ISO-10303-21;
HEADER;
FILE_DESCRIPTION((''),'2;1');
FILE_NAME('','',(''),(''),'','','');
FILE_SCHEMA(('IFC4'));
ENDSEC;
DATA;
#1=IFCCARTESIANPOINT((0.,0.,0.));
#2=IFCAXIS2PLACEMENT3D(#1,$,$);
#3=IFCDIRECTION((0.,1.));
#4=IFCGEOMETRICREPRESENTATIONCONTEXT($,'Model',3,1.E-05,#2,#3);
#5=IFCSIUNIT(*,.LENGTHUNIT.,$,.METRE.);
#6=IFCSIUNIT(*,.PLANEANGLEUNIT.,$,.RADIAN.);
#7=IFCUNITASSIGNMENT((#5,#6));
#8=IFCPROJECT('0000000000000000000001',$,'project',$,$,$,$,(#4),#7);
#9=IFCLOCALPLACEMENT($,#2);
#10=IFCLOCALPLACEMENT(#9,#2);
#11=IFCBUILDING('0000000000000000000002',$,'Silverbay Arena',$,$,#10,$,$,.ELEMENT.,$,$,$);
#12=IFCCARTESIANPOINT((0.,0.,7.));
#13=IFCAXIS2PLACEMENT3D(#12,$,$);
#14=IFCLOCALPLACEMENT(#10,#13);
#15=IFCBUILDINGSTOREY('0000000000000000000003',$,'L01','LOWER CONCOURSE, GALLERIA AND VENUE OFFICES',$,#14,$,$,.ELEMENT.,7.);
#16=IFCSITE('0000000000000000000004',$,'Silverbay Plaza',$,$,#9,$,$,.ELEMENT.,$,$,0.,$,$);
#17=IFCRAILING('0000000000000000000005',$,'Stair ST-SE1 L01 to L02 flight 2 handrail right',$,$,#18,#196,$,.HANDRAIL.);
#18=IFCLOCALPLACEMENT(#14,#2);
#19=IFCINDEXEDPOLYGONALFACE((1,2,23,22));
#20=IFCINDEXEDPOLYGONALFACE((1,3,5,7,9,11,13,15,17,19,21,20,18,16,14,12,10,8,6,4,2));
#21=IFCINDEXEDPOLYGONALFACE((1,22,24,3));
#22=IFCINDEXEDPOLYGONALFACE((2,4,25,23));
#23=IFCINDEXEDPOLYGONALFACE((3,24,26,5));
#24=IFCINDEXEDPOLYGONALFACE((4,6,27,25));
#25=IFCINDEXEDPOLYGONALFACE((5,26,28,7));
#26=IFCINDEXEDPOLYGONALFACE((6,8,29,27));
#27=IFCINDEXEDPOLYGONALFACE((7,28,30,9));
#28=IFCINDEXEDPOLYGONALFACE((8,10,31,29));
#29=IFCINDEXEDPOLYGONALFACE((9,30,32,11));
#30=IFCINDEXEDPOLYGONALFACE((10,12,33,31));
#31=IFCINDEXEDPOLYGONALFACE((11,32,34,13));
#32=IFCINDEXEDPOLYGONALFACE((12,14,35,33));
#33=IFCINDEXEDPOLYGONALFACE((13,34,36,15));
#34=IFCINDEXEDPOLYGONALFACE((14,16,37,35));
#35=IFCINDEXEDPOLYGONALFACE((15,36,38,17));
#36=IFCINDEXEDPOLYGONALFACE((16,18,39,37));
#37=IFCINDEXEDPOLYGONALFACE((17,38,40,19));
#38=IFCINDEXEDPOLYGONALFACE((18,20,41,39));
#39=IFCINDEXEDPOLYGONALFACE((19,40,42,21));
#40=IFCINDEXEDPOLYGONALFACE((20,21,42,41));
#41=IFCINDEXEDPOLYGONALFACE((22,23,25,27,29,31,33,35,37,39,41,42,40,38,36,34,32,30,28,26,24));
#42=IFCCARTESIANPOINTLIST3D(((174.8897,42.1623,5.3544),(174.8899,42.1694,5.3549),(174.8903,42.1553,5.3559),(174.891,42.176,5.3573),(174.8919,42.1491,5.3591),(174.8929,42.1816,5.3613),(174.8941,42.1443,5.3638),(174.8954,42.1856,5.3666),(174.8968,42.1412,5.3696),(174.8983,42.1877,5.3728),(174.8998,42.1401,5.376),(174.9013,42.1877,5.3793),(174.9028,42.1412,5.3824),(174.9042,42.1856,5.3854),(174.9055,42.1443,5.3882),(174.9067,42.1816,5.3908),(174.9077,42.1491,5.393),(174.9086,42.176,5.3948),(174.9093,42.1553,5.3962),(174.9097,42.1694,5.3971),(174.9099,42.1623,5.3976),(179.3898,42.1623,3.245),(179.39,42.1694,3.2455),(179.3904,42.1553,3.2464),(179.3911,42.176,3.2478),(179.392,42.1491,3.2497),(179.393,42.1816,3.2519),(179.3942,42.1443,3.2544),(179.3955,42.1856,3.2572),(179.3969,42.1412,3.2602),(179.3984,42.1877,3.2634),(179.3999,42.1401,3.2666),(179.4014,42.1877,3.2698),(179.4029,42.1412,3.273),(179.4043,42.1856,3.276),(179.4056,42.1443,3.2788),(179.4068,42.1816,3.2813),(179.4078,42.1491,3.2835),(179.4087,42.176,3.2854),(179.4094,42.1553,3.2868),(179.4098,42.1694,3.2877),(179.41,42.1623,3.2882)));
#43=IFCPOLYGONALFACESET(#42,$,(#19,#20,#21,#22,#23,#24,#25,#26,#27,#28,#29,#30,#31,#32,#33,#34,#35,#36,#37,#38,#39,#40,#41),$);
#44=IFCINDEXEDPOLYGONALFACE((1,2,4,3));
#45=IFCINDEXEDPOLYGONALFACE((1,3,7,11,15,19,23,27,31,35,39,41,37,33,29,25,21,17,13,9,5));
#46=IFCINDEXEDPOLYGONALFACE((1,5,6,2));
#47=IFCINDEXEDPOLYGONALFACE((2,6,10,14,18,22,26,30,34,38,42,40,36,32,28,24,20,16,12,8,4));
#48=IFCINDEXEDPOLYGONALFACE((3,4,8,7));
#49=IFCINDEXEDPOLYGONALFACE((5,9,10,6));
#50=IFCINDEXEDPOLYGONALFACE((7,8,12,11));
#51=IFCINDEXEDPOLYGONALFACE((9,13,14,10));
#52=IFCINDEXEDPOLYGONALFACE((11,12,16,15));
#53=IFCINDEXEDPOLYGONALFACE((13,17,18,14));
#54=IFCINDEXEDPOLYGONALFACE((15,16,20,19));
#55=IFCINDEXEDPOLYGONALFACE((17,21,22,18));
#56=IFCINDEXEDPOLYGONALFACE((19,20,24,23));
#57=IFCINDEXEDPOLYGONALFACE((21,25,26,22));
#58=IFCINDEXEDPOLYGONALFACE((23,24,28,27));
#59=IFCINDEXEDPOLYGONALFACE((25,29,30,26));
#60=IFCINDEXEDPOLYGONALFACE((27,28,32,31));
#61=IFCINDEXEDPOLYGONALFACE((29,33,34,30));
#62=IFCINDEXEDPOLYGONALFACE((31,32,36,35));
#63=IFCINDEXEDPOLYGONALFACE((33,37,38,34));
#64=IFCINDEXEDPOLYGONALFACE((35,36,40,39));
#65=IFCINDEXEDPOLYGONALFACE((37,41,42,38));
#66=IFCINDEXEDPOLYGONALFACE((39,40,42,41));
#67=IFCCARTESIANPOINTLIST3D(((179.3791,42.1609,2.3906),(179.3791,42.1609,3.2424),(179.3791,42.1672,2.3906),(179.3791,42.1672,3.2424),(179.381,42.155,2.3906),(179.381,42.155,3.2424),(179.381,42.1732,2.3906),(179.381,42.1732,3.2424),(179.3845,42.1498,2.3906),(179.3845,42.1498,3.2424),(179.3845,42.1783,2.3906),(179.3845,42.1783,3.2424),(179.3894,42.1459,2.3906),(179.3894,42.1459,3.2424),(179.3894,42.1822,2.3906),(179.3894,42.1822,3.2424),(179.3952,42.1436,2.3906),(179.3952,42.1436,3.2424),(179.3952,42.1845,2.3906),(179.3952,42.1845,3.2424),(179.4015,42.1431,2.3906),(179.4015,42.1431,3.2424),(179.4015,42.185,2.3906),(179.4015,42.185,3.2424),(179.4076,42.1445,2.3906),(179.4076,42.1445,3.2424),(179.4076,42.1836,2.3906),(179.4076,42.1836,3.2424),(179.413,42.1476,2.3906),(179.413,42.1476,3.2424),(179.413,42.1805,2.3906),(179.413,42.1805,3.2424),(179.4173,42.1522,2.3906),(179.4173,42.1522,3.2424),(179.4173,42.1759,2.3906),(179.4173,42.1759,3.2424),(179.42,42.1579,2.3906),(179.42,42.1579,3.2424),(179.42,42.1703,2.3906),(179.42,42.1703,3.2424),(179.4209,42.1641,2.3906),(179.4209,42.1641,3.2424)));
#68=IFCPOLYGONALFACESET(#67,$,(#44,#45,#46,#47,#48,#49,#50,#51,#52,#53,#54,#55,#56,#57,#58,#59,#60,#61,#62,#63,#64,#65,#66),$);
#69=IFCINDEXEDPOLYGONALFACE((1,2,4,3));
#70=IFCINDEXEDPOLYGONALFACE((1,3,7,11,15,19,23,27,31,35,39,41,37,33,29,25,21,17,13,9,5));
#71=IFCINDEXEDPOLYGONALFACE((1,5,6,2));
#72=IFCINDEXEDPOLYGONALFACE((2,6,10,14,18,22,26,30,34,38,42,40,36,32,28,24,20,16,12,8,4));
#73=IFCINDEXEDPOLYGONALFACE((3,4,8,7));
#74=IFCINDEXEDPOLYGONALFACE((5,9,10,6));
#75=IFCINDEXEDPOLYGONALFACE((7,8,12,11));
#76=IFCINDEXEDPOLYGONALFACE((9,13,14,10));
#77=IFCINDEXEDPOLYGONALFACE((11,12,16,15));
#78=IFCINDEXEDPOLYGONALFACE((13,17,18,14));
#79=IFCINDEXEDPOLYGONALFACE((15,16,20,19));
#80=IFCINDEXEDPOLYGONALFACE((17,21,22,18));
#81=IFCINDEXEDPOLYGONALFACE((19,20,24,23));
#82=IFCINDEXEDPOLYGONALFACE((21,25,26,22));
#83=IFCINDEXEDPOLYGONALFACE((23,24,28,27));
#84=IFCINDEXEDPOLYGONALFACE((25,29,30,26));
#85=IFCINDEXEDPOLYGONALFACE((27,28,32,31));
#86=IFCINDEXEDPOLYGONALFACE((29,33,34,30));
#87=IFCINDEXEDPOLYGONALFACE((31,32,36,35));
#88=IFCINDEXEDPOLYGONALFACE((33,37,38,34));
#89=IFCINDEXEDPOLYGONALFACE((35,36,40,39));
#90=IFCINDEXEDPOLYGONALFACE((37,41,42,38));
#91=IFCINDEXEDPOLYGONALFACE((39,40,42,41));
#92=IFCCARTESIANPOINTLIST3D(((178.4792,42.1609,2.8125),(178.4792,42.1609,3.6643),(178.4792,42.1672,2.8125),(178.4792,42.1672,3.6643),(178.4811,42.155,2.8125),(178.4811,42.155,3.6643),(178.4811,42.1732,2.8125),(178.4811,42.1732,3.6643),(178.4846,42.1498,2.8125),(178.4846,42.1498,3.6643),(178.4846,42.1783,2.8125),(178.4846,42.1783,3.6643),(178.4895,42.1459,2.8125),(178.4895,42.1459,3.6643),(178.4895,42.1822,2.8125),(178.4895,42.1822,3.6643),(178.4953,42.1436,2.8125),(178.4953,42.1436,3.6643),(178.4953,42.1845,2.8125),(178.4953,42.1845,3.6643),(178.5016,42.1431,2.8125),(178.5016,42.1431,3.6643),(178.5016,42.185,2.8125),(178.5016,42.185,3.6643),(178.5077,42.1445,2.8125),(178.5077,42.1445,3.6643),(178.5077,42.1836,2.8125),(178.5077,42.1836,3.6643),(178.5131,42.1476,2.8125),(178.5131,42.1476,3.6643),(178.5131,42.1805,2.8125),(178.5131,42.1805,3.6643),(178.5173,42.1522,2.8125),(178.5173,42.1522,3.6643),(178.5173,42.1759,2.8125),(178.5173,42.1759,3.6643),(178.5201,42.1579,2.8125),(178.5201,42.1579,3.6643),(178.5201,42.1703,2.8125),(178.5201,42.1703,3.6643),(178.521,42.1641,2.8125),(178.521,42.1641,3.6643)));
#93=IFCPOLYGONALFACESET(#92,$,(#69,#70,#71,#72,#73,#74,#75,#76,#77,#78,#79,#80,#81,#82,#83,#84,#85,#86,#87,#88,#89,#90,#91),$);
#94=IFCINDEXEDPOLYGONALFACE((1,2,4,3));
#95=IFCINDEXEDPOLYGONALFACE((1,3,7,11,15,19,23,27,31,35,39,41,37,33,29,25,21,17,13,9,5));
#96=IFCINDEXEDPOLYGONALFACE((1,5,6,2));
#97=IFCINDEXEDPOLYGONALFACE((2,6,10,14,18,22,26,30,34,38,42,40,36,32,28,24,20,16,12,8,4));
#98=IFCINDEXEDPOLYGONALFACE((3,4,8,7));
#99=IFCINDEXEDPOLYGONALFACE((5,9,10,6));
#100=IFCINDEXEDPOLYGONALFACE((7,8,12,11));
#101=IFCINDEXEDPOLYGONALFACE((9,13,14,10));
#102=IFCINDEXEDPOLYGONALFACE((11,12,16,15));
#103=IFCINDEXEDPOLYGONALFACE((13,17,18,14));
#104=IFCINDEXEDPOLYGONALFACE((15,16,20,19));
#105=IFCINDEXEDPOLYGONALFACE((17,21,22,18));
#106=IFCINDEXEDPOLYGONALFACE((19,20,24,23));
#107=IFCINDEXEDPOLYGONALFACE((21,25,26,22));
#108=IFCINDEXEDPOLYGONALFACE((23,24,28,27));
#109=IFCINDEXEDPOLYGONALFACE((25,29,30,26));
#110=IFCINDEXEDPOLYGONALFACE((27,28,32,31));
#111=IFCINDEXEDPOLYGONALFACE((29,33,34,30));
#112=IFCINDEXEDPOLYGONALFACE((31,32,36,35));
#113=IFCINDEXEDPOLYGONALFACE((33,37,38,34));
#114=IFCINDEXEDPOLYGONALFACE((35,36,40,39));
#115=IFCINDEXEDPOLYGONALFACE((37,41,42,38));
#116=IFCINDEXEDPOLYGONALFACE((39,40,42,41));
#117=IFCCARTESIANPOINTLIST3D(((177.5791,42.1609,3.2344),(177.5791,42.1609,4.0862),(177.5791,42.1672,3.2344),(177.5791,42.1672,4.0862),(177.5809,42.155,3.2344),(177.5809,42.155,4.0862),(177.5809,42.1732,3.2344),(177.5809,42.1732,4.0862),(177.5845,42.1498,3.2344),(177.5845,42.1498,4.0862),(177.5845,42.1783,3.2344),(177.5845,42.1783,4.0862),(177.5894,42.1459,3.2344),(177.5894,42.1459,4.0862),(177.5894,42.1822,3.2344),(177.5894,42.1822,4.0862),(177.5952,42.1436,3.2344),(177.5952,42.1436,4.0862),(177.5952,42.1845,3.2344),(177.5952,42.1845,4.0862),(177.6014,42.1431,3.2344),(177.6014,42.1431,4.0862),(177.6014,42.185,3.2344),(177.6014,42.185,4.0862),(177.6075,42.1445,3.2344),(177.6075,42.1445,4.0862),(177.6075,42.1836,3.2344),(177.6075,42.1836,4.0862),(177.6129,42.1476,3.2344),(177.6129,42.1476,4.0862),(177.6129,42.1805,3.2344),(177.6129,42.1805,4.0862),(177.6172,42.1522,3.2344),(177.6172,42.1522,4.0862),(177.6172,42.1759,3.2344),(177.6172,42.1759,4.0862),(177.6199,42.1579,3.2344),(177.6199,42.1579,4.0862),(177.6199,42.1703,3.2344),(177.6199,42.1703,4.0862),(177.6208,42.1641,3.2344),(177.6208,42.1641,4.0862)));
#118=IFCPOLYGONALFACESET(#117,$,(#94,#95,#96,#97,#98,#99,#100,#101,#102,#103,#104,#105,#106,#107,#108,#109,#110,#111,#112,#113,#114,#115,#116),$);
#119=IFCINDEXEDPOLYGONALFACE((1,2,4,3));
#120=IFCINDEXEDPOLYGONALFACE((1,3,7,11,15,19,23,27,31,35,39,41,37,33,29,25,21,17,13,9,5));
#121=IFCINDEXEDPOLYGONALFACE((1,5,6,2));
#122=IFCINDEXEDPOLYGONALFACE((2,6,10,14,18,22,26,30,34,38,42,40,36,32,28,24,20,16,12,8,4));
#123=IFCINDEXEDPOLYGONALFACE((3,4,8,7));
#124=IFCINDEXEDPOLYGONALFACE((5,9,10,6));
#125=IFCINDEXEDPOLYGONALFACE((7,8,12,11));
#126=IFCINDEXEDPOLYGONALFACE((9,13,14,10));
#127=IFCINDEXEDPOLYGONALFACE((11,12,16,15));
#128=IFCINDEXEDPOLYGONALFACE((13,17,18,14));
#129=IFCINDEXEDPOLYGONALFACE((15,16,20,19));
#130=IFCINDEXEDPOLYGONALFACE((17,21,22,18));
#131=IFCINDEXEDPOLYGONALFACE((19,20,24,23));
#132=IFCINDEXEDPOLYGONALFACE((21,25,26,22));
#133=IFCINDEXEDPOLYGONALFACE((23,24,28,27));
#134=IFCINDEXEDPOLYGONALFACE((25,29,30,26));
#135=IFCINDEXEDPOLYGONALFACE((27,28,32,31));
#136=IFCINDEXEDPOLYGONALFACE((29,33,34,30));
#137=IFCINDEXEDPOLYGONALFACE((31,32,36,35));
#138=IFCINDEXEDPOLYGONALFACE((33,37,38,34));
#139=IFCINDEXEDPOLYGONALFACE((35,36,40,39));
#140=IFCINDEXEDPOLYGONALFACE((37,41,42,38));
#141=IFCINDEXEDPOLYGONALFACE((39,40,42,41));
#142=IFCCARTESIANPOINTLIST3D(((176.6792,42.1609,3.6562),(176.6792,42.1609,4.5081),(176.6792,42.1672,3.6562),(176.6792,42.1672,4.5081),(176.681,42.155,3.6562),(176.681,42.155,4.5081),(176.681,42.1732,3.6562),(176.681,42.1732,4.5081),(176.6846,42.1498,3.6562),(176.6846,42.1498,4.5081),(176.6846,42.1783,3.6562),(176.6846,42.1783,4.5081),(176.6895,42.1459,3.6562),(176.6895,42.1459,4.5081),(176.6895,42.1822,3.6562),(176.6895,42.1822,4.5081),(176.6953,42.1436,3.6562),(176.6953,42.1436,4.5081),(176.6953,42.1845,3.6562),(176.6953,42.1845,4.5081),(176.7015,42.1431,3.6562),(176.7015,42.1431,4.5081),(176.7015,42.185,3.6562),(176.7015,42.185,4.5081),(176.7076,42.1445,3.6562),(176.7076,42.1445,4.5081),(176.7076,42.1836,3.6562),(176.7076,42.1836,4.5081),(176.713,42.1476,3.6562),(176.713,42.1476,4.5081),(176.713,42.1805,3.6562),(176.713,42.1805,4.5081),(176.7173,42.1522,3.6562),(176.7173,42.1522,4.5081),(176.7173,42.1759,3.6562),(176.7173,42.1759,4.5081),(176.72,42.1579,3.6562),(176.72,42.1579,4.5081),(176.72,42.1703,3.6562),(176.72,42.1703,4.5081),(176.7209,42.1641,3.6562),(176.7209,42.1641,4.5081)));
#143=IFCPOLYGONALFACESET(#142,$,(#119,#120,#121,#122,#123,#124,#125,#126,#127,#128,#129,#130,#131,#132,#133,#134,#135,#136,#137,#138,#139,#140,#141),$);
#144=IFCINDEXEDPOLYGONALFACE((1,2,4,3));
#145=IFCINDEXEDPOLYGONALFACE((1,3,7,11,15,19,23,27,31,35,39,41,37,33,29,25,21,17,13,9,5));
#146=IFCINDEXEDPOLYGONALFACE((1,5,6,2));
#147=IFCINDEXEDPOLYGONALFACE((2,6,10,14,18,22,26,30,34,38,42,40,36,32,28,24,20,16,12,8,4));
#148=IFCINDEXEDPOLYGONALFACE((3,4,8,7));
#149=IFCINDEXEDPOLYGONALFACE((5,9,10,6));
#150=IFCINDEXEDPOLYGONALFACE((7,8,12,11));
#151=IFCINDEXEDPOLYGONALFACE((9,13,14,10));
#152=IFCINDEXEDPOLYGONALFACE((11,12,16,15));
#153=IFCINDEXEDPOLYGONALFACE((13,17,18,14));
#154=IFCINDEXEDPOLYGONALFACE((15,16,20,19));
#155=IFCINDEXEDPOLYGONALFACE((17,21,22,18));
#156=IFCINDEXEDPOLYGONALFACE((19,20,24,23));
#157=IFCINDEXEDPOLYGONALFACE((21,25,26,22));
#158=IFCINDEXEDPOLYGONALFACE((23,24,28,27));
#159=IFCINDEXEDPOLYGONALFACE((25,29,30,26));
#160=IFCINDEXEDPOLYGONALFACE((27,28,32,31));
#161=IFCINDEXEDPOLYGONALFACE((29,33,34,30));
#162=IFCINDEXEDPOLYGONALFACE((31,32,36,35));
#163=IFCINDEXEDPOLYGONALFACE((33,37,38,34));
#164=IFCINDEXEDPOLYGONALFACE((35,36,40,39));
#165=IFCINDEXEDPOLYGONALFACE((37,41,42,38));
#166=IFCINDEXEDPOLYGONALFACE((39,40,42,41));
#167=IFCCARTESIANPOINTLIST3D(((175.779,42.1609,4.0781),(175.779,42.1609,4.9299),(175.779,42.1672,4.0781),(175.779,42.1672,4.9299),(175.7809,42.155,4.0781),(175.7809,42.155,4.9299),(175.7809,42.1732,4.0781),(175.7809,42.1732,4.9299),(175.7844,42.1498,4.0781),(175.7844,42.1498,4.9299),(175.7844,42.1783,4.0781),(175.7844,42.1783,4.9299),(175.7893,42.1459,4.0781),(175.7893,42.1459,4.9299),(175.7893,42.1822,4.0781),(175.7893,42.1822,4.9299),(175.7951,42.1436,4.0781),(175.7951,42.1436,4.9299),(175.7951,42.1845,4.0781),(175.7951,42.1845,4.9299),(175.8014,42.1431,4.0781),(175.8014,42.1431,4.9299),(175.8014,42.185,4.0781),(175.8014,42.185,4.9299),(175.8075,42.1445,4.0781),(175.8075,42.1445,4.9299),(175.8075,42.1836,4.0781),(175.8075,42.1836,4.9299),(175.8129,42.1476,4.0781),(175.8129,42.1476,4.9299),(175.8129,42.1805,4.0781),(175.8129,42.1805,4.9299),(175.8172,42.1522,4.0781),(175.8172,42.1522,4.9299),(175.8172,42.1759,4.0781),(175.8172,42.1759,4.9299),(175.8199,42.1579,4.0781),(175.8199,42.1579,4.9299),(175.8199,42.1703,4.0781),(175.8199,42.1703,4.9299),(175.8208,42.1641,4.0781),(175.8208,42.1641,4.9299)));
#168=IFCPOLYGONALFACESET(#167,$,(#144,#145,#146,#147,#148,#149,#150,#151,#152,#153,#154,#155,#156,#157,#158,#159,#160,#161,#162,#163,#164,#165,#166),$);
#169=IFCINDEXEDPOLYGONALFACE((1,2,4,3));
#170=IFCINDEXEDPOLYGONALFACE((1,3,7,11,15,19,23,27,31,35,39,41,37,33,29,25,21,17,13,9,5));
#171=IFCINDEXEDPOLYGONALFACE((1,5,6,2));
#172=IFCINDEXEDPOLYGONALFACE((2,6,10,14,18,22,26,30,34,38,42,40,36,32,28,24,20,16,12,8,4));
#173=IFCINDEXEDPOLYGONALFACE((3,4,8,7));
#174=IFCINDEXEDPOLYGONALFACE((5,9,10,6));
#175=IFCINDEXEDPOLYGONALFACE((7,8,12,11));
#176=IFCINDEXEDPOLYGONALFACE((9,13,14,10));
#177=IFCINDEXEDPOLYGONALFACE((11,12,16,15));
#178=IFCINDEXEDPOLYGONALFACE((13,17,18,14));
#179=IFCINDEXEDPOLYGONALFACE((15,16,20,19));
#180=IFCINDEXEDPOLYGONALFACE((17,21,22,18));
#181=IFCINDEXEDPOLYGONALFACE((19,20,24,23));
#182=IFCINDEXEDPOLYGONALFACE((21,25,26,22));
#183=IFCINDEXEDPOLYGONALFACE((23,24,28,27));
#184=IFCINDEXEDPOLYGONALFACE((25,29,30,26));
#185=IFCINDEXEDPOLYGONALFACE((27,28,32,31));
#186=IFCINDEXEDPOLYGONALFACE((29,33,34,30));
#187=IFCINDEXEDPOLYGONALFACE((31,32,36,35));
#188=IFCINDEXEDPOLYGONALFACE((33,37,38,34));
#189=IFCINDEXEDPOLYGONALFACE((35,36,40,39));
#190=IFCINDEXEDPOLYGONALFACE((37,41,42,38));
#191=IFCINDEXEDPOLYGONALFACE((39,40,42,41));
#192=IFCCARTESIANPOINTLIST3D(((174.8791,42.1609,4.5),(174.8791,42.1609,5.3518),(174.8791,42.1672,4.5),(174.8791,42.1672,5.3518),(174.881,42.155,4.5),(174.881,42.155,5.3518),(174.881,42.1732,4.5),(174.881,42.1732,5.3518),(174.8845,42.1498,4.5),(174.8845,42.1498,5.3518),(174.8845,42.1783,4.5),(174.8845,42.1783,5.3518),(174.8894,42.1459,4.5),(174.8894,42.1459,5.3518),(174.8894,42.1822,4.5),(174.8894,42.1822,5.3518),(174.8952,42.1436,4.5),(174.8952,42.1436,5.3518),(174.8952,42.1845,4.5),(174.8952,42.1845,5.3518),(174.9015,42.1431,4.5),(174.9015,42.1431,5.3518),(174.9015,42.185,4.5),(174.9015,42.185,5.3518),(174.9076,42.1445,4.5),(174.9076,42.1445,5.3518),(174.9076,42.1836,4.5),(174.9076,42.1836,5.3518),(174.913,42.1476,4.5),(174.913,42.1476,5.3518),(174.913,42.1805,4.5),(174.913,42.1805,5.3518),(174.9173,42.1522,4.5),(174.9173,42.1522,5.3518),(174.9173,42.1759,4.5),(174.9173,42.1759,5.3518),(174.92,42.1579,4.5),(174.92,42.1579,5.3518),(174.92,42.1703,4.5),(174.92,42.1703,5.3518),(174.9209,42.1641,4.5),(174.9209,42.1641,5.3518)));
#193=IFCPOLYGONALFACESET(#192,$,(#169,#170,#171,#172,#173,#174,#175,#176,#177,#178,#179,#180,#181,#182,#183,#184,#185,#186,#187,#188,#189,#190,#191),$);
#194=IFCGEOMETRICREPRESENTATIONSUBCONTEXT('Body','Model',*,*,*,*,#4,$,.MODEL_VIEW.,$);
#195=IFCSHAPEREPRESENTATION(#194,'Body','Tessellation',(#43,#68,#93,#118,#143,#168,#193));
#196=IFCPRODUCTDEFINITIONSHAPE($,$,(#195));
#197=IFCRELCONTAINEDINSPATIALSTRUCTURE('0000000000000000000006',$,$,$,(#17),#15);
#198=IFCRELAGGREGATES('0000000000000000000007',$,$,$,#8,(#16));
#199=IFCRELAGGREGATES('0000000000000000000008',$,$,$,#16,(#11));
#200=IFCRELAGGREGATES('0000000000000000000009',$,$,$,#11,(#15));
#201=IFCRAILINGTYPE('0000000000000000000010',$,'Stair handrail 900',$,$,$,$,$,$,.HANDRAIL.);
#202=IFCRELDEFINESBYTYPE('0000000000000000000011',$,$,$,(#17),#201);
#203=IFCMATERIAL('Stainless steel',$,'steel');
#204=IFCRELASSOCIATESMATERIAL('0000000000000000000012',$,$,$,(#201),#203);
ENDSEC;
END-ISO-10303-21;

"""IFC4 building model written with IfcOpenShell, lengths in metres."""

from ifc_helpers import new_model, si_unit, direction, frame, origin, origin_2d, place, context, subcontext, project, spatial, circle, extrude, material, type_object, element, save


model = new_model("IFC4")

# Units and contexts
model_context = context("Model", 3, precision=1e-05, world=origin(), true_north=direction((0.0, 1.0)))
body_context = subcontext(model_context, "Body", "Model", "MODEL_VIEW")
ifc_project = project(units=[si_unit("LENGTHUNIT", "METRE"), si_unit("PLANEANGLEUNIT", "RADIAN")], contexts=[model_context])

# Site, building, storey
site_placement = place(None, origin())
site = spatial("IfcSite", under=ifc_project, at=site_placement, Name="Silverbay Plaza", CompositionType="ELEMENT", RefElevation=0.0)
building_placement = place(site_placement, origin())
building = spatial("IfcBuilding", under=site, at=building_placement, Name="Silverbay Arena", CompositionType="ELEMENT")
storey_placement = place(building_placement, frame((0.0, 0.0, 7.0)))
storey = spatial("IfcBuildingStorey", under=building, at=storey_placement, Name="L01", Description="LOWER CONCOURSE, GALLERIA AND VENUE OFFICES", CompositionType="ELEMENT", Elevation=7.0)

# Railing
ifc_material_1 = material(Name="Stainless steel", Category="steel")
railing_type_1 = type_object("IfcRailingType", Name="Stair handrail 900", PredefinedType="HANDRAIL", material=ifc_material_1)
for number, where, name in (
    (1, (179.3999, 42.1641, 2.3906), "Stair ST-SE1 L01 to L02 flight 2 handrail right"),
):
    element("IfcRailing", number, at=place(storey_placement, frame(where)), inside=storey, type_object=railing_type_1, Name=name, PredefinedType="HANDRAIL", context=body_context, shape_type="SweptSolid", body=[
        extrude(circle(Radius=0.0239, at=origin_2d()), frame((0.0, 0.0, 0.876), z_axis=(-0.905459, 0.0, 0.424434), x_axis=(0.0, -1.0, 0.0)), (0.0, 0.0, 1.0), 4.97),
        extrude(circle(Radius=0.021, at=origin_2d()), origin(), (0.0, 0.0, 1.0), 0.8518),
        extrude(circle(Radius=0.021, at=origin_2d()), frame((-0.8999, 0.0, 0.4219)), (0.0, 0.0, 1.0), 0.8518),
        extrude(circle(Radius=0.021, at=origin_2d()), frame((-1.8, 0.0, 0.8438)), (0.0, 0.0, 1.0), 0.8518),
        extrude(circle(Radius=0.021, at=origin_2d()), frame((-2.7, 0.0, 1.2656)), (0.0, 0.0, 1.0), 0.8518),
        extrude(circle(Radius=0.021, at=origin_2d()), frame((-3.6001, 0.0, 1.6875)), (0.0, 0.0, 1.0), 0.8518),
        extrude(circle(Radius=0.021, at=origin_2d()), frame((-4.5, 0.0, 2.1094)), (0.0, 0.0, 1.0), 0.8518),
    ])

save(model, "model.ifc")
